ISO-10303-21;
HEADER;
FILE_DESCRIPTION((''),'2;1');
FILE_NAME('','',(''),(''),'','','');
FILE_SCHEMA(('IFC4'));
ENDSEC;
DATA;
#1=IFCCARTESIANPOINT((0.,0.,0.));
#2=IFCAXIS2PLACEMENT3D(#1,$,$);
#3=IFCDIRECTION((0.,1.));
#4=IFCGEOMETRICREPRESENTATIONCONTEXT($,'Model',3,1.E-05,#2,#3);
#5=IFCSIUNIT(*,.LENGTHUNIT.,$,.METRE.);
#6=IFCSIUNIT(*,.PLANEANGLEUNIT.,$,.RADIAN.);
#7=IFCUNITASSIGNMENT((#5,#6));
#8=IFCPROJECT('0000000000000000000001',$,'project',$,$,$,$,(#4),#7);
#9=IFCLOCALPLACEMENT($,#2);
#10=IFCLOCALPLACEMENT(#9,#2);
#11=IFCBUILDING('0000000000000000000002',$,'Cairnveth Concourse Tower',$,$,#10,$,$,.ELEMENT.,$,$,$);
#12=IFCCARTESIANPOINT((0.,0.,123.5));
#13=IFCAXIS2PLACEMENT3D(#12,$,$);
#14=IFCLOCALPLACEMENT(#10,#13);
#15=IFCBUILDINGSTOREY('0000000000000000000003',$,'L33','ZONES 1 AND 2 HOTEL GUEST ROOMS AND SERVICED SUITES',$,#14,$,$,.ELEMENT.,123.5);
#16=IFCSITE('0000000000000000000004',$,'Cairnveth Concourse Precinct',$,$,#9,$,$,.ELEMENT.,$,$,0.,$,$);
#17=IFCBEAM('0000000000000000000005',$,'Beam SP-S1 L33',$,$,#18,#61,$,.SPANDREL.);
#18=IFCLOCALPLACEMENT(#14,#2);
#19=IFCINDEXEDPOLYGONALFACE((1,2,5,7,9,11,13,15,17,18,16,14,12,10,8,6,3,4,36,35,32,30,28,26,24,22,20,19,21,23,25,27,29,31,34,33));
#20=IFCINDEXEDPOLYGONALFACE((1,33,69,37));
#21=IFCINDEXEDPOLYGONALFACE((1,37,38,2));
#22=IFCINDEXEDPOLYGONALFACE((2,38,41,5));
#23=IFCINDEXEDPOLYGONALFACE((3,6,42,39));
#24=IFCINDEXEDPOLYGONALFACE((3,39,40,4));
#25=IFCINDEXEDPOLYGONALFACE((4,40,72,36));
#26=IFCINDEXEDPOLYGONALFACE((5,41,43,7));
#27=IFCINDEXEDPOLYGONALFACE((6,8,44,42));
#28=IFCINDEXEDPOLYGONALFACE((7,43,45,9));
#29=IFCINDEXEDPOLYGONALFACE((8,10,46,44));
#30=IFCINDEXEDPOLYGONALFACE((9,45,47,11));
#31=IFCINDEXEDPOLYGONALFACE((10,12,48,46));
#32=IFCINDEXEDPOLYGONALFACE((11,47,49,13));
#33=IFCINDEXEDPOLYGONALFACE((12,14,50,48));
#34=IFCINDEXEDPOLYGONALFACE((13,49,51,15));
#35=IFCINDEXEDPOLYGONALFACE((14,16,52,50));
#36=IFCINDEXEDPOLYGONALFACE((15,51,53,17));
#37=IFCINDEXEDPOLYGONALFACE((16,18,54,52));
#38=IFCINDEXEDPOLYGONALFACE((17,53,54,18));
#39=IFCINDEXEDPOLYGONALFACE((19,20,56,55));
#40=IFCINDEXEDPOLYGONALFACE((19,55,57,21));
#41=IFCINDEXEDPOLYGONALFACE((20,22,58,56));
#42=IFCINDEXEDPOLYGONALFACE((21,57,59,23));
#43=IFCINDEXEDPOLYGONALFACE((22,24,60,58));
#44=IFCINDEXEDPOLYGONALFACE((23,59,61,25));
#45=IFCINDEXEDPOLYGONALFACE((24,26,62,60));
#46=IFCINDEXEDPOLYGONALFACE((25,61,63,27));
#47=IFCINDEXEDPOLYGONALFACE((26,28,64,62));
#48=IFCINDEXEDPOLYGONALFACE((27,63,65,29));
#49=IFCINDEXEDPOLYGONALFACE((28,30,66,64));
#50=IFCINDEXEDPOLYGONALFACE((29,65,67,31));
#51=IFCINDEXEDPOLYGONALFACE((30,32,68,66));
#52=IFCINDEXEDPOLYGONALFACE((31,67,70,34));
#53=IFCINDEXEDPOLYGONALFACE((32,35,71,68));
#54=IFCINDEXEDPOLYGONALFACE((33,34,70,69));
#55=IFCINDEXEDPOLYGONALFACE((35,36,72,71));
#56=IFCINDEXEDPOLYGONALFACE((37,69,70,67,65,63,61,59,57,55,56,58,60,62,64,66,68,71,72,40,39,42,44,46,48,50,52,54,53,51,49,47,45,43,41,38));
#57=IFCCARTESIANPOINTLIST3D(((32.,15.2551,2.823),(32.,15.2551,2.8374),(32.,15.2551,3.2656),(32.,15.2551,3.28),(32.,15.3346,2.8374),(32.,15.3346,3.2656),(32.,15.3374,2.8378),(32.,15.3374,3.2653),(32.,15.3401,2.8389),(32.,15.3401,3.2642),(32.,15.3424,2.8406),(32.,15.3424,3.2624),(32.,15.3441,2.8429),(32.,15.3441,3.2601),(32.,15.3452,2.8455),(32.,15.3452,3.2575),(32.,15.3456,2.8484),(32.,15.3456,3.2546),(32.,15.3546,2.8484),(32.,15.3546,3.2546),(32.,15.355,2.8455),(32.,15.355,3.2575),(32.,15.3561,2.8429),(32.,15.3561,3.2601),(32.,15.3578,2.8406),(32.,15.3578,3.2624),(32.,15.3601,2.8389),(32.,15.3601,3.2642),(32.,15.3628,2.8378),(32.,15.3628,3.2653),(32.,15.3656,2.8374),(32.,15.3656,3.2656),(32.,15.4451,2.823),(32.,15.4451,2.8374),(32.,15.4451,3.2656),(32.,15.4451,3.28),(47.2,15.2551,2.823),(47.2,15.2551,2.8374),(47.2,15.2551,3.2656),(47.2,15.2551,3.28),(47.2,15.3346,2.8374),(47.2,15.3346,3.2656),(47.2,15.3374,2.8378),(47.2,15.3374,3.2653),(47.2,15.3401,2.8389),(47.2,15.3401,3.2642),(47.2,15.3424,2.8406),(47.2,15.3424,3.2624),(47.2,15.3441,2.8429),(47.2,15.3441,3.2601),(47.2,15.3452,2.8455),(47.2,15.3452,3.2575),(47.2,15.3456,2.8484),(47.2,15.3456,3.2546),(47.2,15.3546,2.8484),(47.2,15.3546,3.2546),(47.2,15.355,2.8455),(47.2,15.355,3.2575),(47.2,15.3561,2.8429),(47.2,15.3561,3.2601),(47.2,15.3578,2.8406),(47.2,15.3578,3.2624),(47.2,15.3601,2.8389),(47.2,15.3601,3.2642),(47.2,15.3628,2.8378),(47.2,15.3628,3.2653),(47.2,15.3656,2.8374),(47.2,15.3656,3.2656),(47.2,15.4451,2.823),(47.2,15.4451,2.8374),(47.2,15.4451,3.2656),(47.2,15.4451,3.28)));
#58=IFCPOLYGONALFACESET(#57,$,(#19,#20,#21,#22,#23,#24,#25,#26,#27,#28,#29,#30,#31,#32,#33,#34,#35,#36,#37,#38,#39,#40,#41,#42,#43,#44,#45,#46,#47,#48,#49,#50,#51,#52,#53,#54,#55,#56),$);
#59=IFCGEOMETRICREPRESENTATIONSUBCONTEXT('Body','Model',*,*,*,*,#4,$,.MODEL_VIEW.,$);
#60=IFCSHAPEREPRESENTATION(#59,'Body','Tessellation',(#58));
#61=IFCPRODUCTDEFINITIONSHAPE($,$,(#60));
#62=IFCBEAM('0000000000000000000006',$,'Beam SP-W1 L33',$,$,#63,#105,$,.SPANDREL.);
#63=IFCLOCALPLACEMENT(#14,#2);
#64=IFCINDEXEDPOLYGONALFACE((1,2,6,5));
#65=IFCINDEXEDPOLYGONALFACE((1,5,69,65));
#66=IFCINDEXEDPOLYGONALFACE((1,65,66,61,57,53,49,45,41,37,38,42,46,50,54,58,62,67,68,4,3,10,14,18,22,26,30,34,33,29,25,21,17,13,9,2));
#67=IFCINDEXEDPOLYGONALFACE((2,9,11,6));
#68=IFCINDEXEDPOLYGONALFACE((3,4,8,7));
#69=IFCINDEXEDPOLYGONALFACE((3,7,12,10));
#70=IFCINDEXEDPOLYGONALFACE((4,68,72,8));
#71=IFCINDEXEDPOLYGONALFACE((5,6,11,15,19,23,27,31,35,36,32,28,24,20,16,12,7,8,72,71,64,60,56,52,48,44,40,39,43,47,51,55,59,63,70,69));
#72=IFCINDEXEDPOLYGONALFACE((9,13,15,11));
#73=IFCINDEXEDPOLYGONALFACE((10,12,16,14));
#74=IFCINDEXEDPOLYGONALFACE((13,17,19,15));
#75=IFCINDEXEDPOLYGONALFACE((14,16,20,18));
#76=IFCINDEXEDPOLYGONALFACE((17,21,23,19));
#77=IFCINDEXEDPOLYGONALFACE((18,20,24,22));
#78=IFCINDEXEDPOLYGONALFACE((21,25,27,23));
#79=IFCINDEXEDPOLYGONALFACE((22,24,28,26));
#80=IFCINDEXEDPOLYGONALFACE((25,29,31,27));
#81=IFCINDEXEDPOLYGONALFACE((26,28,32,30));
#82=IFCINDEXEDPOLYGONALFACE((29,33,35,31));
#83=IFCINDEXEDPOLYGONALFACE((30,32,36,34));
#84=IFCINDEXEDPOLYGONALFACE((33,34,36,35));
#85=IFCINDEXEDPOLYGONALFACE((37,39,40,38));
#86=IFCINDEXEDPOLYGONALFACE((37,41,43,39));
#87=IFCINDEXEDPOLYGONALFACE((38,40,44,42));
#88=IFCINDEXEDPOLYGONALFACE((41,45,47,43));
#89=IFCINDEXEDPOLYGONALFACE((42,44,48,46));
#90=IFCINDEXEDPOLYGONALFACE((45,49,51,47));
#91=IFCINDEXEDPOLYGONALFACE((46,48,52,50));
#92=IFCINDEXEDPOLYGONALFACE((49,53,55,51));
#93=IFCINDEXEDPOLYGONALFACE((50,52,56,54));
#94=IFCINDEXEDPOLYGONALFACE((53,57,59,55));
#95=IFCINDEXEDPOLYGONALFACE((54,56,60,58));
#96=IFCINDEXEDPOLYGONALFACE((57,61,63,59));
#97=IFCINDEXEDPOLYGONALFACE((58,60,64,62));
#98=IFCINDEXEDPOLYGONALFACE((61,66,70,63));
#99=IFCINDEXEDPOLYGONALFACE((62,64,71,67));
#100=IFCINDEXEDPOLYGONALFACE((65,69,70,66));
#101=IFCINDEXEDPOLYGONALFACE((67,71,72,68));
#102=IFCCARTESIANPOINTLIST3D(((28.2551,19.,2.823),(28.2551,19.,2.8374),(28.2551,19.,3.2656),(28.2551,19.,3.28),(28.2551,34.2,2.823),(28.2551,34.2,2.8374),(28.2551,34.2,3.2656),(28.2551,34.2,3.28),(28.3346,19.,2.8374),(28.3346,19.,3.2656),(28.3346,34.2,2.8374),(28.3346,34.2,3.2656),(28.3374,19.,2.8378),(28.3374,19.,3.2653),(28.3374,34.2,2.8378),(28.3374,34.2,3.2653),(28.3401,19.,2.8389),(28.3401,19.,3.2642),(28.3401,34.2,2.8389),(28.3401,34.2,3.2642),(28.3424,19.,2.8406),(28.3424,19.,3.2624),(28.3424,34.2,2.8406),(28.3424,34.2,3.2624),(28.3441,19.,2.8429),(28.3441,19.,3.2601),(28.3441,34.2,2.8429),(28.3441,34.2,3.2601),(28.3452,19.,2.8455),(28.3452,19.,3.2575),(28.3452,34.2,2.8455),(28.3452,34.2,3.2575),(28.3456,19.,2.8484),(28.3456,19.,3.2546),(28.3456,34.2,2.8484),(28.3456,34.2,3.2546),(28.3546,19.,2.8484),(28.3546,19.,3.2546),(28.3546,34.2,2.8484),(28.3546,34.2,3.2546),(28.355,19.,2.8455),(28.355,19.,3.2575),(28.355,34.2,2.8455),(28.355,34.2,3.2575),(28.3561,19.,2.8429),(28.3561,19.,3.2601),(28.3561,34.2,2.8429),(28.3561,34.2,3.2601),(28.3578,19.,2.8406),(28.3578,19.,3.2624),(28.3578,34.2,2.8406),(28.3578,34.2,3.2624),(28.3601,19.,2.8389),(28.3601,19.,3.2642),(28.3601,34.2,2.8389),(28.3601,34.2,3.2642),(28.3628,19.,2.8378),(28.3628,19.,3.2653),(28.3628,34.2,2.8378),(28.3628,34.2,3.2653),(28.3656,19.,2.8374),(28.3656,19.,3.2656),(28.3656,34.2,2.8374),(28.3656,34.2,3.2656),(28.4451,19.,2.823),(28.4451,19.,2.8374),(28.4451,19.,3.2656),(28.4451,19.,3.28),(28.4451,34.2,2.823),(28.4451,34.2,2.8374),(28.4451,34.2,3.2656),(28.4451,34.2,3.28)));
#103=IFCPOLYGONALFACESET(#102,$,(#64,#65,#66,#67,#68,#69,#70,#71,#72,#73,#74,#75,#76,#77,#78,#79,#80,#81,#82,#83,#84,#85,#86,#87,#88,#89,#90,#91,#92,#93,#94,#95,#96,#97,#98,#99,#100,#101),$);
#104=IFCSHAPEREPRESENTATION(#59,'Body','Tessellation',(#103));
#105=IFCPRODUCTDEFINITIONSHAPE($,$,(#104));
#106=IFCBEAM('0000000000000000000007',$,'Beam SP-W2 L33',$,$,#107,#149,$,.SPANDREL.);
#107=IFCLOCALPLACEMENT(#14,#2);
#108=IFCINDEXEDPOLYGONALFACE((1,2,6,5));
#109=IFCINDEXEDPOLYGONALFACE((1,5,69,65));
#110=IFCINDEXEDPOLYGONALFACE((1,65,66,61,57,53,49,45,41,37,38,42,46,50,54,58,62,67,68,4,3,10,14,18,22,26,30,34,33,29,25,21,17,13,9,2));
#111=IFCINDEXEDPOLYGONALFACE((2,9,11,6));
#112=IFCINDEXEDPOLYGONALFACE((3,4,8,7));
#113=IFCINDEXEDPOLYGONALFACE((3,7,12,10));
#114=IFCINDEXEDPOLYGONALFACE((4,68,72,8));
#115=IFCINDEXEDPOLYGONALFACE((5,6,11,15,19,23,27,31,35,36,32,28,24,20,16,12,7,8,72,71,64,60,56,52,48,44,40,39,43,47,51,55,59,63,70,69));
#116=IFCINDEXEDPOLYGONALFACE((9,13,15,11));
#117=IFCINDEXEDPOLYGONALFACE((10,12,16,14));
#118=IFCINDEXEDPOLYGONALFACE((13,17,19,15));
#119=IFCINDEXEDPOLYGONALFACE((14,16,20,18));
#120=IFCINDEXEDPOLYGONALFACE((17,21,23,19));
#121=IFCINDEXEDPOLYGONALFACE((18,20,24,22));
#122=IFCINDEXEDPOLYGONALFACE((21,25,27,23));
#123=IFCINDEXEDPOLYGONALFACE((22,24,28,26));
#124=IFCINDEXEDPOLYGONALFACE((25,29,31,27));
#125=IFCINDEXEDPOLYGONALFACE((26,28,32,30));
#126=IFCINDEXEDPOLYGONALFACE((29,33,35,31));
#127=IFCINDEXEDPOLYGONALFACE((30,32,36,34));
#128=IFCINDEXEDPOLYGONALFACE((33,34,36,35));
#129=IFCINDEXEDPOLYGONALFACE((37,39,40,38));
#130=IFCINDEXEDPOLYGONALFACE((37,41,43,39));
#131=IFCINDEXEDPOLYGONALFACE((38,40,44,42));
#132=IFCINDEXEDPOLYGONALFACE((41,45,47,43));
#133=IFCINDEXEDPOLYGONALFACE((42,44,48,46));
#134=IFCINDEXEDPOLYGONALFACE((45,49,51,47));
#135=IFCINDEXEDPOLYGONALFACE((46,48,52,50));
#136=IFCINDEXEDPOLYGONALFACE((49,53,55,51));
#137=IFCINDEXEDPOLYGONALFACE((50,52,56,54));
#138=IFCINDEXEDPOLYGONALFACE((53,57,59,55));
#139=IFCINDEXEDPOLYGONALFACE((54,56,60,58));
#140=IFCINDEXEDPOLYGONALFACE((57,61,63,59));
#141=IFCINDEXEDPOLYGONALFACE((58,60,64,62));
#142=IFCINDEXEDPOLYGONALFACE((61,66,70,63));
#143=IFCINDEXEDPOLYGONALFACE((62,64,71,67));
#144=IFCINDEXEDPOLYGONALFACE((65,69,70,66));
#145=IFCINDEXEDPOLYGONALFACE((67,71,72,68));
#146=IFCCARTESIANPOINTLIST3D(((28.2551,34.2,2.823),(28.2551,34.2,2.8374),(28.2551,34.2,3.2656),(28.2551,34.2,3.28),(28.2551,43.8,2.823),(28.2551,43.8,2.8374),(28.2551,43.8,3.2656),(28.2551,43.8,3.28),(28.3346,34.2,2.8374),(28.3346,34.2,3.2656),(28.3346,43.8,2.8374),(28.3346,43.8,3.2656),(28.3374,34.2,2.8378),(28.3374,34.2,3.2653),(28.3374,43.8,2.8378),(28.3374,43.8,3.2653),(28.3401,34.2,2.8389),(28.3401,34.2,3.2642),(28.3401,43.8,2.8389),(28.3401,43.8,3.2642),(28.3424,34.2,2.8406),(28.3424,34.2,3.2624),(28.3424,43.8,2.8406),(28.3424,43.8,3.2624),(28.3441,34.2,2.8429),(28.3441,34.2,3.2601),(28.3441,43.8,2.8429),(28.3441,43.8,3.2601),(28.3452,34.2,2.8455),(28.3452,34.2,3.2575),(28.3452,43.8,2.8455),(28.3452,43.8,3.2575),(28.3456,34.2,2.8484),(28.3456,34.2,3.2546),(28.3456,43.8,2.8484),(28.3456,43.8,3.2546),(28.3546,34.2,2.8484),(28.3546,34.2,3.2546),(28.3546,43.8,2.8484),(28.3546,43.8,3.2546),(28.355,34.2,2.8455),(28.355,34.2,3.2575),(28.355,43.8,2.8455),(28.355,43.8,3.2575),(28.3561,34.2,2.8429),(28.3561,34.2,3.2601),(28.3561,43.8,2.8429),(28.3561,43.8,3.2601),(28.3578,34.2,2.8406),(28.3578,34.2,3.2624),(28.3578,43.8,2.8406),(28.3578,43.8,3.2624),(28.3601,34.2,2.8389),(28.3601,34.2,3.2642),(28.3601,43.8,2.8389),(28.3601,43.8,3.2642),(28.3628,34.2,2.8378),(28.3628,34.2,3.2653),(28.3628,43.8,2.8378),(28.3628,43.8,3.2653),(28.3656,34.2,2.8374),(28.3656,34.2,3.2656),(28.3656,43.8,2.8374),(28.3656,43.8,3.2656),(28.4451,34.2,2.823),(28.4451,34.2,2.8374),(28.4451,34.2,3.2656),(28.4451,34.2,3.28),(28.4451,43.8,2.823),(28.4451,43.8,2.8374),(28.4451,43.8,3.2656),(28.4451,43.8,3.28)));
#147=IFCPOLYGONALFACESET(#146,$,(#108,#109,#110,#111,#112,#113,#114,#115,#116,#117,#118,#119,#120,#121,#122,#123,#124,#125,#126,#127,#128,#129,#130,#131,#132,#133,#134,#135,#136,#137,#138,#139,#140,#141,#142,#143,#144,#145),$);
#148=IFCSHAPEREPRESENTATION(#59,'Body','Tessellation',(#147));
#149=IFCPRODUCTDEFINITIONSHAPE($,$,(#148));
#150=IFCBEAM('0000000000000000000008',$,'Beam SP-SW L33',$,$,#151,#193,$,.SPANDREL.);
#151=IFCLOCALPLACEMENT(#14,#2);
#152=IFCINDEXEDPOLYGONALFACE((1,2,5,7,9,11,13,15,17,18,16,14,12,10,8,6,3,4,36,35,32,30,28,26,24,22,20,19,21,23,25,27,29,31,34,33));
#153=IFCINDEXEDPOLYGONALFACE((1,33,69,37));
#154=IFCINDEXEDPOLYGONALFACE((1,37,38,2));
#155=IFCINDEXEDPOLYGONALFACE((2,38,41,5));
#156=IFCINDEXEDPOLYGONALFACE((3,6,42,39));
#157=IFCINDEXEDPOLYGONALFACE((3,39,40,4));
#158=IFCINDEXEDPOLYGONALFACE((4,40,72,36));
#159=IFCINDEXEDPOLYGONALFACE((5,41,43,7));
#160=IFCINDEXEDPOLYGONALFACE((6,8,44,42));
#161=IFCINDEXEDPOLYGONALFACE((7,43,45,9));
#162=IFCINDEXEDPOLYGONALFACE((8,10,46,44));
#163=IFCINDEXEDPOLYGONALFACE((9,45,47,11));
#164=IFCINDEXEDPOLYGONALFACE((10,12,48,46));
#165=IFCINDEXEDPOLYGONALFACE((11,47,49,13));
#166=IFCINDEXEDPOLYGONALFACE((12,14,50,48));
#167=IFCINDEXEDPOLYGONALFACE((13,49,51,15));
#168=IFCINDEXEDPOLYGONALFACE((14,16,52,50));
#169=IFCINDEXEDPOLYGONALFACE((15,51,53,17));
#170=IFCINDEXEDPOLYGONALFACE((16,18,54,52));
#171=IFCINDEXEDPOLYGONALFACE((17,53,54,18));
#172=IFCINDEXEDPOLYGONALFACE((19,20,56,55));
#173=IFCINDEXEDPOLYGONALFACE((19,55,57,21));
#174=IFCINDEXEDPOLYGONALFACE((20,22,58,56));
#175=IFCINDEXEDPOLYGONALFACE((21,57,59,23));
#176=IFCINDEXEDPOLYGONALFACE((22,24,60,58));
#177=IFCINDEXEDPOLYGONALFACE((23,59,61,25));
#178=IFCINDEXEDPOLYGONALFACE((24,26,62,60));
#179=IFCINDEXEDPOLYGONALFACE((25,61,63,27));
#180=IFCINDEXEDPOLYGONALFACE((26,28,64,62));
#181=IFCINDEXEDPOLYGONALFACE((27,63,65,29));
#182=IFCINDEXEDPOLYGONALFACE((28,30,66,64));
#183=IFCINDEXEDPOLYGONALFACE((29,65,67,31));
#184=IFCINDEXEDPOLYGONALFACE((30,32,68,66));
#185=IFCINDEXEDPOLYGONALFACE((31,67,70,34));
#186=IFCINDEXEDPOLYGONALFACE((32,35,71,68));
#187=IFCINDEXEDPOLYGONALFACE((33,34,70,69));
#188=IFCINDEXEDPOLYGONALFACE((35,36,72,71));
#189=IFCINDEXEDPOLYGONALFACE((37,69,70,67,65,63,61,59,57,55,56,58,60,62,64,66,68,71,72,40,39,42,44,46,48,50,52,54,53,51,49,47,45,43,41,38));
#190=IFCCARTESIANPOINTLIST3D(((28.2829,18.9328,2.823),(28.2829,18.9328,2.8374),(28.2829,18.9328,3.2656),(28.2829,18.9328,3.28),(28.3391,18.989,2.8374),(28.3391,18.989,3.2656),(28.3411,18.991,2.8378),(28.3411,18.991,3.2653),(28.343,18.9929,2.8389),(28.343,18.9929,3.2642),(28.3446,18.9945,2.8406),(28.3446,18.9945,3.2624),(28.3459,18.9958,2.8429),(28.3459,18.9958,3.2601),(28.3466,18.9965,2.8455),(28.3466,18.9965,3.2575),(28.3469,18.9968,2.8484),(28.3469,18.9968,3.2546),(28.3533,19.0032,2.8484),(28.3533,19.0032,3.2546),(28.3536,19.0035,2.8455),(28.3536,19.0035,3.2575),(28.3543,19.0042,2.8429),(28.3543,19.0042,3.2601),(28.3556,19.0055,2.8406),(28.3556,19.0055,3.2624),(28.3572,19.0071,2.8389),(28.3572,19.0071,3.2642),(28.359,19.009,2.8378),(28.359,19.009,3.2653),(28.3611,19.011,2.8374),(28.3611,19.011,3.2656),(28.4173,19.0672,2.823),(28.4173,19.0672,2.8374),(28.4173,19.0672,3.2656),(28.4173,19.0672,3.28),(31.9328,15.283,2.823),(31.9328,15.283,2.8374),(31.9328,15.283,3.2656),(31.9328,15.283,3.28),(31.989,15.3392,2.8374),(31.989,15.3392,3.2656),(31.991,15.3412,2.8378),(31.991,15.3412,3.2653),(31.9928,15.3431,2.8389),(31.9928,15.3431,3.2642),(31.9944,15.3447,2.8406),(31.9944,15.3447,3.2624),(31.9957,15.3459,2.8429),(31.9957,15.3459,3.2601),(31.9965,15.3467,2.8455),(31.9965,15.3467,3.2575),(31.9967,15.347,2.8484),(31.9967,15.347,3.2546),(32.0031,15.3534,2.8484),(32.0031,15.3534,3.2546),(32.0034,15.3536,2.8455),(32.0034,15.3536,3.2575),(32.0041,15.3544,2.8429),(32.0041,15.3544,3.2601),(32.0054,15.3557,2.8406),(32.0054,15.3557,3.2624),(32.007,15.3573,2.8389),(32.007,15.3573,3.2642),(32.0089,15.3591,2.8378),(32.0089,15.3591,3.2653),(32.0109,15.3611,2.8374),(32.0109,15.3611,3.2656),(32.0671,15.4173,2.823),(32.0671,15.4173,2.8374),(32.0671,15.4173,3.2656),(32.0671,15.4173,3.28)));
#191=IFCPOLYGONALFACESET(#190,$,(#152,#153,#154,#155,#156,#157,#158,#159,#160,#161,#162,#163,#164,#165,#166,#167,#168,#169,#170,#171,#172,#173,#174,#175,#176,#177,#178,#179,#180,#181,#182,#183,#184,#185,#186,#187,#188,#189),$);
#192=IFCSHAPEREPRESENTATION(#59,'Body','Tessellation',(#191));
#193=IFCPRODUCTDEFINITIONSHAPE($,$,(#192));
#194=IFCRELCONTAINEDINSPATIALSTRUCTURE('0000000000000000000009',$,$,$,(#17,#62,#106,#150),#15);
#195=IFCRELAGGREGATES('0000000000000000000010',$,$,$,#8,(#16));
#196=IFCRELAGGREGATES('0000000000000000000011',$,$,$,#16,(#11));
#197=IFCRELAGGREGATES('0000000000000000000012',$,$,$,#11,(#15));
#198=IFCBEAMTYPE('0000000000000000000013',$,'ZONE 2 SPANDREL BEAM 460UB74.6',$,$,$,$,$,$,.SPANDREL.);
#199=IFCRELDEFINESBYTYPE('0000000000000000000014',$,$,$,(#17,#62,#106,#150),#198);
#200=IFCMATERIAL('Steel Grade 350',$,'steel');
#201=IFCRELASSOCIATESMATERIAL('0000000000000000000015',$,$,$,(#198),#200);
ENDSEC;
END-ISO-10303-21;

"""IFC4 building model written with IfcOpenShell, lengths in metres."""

from ifc_helpers import new_model, si_unit, direction, frame, origin, origin_2d, place, context, subcontext, project, spatial, i_section, extrude, material, material_profile, profile_set, type_object, element, save


model = new_model("IFC4")

# Units and contexts
model_context = context("Model", 3, precision=1e-05, world=origin(), true_north=direction((0.0, 1.0)))
body_context = subcontext(model_context, "Body", "Model", "MODEL_VIEW")
ifc_project = project(units=[si_unit("LENGTHUNIT", "METRE"), si_unit("PLANEANGLEUNIT", "RADIAN")], contexts=[model_context])

# Site, building, storey
site_placement = place(None, origin())
site = spatial("IfcSite", under=ifc_project, at=site_placement, Name="Cairnveth Concourse Precinct", CompositionType="ELEMENT", RefElevation=0.0)
building_placement = place(site_placement, origin())
building = spatial("IfcBuilding", under=site, at=building_placement, Name="Cairnveth Concourse Tower", CompositionType="ELEMENT")
storey_placement = place(building_placement, frame((0.0, 0.0, 123.5)))
storey = spatial("IfcBuildingStorey", under=building, at=storey_placement, Name="L33", Description="ZONES 1 AND 2 HOTEL GUEST ROOMS AND SERVICED SUITES", CompositionType="ELEMENT", Elevation=123.5)

# Shared definitions
ifc_material_1 = material(Name="Steel Grade 350", Category="steel")

# Beams
ifc_material_profile_1 = material_profile(ifc_material_1, i_section(OverallWidth=0.1899, OverallDepth=0.457, WebThickness=0.009, FlangeThickness=0.0144, FilletRadius=0.011, at=origin_2d()), Name="460UB74.6")
ifc_profile_set_1 = profile_set([ifc_material_profile_1], Name="Steel Grade 350")
beam_type_1 = type_object("IfcBeamType", Name="ZONE 2 SPANDREL BEAM 460UB74.6", PredefinedType="SPANDREL", material=ifc_profile_set_1)
for number, where, z_axis, x_axis, name in (
    (1, (32.0, 15.3501, 3.0515), (1.0, 0.0, 0.0), (0.0, 1.0, 0.0), "Beam SP-S1 L33"),
    (2, (28.3501, 19.0, 3.0515), (0.0, 1.0, 0.0), (-1.0, 0.0, 0.0), "Beam SP-W1 L33"),
):
    element("IfcBeam", number, at=place(storey_placement, frame(where, z_axis=z_axis, x_axis=x_axis)), inside=storey, type_object=beam_type_1, Name=name, PredefinedType="SPANDREL", context=body_context, shape_type="SweptSolid", body=[
        extrude(i_section(OverallWidth=0.1899, OverallDepth=0.457, WebThickness=0.009, FlangeThickness=0.0144, FilletRadius=0.011, at=origin_2d()), origin(), (0.0, 0.0, 1.0), 15.2),
    ])
beam_1_placement = place(storey_placement, frame((28.3501, 34.2, 3.0515), z_axis=(0.0, 1.0, 0.0), x_axis=(-1.0, 0.0, 0.0)))
element("IfcBeam", 3, at=beam_1_placement, inside=storey, type_object=beam_type_1, Name="Beam SP-W2 L33", PredefinedType="SPANDREL", context=body_context, shape_type="SweptSolid", body=[
    extrude(i_section(OverallWidth=0.1899, OverallDepth=0.457, WebThickness=0.009, FlangeThickness=0.0144, FilletRadius=0.011, at=origin_2d()), origin(), (0.0, 0.0, 1.0), 9.6001),
])
beam_2_placement = place(storey_placement, frame((28.3501, 19.0, 3.0515), z_axis=(0.707107, -0.707107, 0.0), x_axis=(0.707107, 0.707107, 0.0)))
element("IfcBeam", 4, at=beam_2_placement, inside=storey, type_object=beam_type_1, Name="Beam SP-SW L33", PredefinedType="SPANDREL", context=body_context, shape_type="SweptSolid", body=[
    extrude(i_section(OverallWidth=0.1899, OverallDepth=0.457, WebThickness=0.009, FlangeThickness=0.0144, FilletRadius=0.011, at=origin_2d()), origin(), (0.0, 0.0, 1.0), 5.1616),
])

save(model, "model.ifc")
